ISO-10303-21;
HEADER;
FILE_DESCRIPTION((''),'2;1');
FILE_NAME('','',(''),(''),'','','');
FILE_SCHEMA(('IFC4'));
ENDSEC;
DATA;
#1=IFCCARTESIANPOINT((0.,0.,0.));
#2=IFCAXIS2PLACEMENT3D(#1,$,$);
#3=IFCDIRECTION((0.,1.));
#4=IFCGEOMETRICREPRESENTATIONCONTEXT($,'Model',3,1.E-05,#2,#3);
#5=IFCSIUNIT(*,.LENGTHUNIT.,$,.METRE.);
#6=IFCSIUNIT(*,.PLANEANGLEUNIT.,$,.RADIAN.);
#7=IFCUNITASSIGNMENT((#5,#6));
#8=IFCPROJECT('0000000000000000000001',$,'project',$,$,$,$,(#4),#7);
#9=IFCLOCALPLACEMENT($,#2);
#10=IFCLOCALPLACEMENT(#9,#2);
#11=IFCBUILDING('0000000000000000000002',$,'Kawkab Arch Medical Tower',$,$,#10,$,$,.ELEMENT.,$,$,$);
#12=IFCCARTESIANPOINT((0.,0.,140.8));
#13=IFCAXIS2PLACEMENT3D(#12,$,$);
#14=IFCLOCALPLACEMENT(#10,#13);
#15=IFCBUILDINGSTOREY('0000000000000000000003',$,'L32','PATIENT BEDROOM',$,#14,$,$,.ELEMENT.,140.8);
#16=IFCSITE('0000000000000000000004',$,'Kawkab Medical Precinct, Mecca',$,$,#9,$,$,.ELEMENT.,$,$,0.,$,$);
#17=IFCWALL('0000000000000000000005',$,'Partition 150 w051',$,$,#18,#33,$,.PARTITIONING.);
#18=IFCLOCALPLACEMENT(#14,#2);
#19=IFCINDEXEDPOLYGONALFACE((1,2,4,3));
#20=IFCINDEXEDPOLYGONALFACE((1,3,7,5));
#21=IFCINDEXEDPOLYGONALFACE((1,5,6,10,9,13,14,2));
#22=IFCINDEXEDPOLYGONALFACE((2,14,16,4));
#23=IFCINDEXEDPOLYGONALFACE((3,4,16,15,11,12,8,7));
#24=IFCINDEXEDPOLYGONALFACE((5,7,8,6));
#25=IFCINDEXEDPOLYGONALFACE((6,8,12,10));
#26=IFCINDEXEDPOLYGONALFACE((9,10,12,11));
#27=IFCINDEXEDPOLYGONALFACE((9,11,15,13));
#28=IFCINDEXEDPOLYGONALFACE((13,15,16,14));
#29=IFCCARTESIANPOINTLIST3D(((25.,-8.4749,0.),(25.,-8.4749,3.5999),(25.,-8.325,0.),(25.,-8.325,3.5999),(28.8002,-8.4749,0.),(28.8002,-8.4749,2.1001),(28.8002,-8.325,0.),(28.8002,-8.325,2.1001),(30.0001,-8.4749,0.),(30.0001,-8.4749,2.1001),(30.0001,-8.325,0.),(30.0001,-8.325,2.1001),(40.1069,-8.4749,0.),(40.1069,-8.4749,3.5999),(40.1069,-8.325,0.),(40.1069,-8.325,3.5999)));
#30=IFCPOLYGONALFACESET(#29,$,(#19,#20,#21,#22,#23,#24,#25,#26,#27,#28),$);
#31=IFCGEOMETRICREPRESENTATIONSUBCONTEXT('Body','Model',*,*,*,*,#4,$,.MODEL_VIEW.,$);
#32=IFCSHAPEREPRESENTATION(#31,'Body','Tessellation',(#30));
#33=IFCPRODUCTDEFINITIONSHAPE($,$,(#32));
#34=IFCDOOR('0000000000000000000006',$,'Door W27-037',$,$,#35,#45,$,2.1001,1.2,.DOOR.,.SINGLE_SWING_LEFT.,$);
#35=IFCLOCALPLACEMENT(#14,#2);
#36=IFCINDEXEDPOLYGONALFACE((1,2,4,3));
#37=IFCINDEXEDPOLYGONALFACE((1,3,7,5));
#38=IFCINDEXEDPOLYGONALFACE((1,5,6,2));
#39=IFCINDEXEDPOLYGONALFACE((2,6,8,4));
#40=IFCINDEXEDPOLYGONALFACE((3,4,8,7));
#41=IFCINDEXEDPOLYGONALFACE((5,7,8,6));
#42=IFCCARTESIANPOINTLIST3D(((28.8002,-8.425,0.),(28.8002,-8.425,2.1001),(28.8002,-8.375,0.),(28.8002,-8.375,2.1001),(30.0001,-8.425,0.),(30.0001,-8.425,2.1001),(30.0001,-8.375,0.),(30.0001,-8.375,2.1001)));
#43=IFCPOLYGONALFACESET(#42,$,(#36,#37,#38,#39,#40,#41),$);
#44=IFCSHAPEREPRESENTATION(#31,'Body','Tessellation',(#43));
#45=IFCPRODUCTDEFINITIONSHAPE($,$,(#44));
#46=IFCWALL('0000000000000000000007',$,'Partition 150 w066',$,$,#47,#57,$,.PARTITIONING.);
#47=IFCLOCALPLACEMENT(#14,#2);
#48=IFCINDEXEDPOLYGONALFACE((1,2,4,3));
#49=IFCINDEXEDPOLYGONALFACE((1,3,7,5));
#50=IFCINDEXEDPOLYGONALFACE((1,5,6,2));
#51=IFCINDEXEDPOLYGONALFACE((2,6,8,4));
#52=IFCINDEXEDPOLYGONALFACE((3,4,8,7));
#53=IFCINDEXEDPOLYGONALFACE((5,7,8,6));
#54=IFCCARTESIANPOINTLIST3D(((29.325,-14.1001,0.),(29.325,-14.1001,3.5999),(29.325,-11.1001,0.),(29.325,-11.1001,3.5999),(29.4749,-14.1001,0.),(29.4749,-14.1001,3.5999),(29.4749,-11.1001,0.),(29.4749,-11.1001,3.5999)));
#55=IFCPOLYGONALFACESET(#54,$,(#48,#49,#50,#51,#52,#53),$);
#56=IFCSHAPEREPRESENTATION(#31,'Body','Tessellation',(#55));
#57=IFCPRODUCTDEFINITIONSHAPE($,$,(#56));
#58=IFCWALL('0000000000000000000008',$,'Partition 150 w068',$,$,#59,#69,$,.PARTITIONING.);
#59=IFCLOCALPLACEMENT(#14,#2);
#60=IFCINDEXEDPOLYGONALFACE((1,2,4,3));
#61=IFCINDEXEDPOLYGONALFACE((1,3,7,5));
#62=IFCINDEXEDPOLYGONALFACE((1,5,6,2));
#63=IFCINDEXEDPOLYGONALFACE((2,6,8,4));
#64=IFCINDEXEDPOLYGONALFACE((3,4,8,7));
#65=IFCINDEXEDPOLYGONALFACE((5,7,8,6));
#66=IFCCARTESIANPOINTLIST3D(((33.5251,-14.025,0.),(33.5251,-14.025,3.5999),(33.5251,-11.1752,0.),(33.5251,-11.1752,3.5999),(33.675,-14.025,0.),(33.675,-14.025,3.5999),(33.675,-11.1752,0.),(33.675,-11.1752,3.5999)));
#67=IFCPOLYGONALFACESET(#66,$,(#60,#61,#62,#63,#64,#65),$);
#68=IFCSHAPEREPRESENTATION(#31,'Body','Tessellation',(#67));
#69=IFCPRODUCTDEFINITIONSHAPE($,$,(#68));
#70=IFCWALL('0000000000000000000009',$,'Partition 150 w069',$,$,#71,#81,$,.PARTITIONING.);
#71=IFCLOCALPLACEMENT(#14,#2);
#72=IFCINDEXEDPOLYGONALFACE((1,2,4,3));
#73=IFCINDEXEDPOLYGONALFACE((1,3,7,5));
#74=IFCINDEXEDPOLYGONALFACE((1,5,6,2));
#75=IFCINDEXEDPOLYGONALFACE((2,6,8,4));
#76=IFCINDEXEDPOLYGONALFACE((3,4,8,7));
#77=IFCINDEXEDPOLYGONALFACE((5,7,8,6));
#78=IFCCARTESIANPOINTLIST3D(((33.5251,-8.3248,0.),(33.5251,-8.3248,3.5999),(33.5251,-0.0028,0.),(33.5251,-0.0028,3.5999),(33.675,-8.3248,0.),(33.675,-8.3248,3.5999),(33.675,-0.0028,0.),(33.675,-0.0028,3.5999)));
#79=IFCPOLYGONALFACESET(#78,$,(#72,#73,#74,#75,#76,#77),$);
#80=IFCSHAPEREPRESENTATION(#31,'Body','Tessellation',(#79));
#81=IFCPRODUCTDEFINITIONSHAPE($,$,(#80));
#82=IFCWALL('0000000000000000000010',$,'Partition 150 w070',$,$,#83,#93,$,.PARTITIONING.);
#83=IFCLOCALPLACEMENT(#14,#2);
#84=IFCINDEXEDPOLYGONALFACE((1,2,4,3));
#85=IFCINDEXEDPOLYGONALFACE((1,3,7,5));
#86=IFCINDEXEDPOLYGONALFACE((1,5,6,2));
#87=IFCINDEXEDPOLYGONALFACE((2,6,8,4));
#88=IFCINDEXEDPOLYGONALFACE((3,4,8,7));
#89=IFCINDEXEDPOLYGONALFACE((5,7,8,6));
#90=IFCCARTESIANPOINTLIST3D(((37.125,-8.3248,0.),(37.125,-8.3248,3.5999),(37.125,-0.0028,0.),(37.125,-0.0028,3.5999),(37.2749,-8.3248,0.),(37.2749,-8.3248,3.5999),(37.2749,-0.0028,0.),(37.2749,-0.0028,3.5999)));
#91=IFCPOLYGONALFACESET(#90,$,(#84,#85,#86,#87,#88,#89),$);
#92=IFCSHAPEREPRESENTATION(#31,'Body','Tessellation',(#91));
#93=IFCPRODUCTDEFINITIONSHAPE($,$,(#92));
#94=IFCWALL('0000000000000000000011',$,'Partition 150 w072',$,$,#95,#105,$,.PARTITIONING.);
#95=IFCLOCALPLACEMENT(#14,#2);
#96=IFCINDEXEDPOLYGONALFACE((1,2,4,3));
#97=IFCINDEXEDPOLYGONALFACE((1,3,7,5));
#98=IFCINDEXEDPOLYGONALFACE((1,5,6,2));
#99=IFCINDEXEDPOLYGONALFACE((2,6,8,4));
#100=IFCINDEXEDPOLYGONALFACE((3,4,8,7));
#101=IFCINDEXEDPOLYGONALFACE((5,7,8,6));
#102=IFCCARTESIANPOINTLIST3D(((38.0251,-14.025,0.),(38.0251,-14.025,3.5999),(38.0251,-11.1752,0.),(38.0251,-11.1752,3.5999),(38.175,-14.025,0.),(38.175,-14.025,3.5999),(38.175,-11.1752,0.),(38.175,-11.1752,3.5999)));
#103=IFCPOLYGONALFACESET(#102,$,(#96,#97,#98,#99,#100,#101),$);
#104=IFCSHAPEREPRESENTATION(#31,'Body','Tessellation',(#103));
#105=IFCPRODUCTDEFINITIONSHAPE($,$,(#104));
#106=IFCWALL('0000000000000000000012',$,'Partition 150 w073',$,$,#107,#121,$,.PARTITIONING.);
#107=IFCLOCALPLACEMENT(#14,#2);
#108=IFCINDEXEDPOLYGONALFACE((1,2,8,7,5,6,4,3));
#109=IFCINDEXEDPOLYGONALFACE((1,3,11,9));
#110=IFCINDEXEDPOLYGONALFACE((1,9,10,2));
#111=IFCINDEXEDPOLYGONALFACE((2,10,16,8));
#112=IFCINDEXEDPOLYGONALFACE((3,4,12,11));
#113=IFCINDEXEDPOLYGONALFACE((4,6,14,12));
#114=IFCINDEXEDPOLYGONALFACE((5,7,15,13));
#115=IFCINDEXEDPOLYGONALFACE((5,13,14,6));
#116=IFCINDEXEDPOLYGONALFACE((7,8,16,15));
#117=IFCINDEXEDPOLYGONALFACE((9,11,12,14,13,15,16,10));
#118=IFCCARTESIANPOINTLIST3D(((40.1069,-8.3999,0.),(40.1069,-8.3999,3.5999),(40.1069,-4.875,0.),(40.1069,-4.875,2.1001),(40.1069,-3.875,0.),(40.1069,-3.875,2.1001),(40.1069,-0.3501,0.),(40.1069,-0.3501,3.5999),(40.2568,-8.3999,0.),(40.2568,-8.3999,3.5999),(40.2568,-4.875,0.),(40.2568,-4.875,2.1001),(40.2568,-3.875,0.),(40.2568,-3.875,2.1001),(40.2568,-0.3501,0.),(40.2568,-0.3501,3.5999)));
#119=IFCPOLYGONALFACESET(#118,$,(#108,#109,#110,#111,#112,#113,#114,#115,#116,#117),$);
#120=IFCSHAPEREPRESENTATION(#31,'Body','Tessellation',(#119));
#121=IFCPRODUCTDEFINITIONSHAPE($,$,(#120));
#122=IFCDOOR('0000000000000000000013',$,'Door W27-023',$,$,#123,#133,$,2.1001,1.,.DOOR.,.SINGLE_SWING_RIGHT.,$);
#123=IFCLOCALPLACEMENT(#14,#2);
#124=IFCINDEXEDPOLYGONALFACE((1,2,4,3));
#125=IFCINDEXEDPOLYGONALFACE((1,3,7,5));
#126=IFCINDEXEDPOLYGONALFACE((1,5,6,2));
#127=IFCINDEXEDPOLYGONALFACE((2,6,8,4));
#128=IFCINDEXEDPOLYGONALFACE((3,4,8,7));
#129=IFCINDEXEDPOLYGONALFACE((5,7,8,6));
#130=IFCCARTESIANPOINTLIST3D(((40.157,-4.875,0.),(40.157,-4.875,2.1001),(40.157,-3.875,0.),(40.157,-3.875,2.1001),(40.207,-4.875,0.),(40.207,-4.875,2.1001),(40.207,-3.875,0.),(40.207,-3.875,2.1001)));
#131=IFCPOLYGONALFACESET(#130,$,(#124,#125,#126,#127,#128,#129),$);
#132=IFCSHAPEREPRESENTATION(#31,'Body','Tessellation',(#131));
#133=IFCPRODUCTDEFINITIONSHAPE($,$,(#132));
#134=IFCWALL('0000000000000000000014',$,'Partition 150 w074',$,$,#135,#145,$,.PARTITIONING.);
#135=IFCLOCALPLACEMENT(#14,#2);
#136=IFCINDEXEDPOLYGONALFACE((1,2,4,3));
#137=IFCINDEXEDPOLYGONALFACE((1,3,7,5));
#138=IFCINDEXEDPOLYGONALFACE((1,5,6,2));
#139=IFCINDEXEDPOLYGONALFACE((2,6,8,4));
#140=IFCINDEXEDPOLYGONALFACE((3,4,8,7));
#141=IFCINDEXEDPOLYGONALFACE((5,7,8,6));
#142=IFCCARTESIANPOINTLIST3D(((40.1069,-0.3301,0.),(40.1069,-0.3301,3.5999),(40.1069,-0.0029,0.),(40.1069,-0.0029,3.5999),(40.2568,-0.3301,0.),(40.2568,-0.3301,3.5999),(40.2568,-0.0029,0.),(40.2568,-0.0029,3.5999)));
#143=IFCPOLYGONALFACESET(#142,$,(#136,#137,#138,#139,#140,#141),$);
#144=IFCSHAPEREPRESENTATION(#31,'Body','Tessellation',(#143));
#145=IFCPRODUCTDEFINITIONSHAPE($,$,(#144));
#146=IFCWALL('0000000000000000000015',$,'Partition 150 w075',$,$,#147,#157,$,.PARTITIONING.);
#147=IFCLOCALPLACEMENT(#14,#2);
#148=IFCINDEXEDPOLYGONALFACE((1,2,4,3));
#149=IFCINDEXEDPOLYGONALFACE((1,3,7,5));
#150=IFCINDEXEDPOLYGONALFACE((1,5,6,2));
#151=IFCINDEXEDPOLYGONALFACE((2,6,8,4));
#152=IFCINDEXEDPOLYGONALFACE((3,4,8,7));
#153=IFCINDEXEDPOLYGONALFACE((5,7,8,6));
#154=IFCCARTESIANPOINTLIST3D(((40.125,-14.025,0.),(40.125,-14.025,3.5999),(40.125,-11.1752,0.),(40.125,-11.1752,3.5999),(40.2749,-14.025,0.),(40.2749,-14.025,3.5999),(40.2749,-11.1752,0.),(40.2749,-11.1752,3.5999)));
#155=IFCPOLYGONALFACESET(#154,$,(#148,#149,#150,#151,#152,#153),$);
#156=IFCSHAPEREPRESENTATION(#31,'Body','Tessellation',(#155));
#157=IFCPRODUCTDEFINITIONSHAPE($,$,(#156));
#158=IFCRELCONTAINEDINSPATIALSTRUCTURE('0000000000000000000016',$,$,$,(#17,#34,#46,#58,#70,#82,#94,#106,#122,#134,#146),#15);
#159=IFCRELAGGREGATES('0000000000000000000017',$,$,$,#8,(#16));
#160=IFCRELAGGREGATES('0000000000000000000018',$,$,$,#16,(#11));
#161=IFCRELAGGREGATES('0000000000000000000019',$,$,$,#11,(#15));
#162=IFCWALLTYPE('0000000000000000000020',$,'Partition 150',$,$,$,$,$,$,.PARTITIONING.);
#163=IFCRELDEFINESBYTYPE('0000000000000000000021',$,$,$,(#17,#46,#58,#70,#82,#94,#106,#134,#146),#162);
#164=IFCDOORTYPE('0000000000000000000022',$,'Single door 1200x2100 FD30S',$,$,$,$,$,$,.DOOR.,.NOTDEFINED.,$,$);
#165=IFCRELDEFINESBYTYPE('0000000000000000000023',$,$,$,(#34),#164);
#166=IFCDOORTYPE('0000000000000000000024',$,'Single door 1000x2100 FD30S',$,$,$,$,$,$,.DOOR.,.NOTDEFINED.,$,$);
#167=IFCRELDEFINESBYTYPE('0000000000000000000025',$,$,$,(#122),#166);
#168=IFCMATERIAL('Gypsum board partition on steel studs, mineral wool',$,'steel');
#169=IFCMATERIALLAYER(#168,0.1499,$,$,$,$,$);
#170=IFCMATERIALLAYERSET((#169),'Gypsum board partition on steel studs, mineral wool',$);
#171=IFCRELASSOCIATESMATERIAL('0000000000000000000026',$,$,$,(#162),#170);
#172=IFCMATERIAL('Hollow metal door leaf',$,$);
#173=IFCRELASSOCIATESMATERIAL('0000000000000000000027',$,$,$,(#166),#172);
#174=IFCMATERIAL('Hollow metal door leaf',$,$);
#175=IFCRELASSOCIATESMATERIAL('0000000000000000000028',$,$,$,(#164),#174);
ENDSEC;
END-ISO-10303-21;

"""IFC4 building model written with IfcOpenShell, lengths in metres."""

from ifc_helpers import new_model, si_unit, direction, frame, frame_2d, origin, place, context, subcontext, project, spatial, rectangle, extrude, material, layer, layer_set, type_object, element, fill, save


model = new_model("IFC4")

# Units and contexts
model_context = context("Model", 3, precision=1e-05, world=origin(), true_north=direction((0.0, 1.0)))
body_context = subcontext(model_context, "Body", "Model", "MODEL_VIEW")
ifc_project = project(units=[si_unit("LENGTHUNIT", "METRE"), si_unit("PLANEANGLEUNIT", "RADIAN")], contexts=[model_context])

# Site, building, storey
site_placement = place(None, origin())
site = spatial("IfcSite", under=ifc_project, at=site_placement, Name="Kawkab Medical Precinct, Mecca", CompositionType="ELEMENT", RefElevation=0.0)
building_placement = place(site_placement, origin())
building = spatial("IfcBuilding", under=site, at=building_placement, Name="Kawkab Arch Medical Tower", CompositionType="ELEMENT")
storey_placement = place(building_placement, frame((0.0, 0.0, 140.8)))
storey = spatial("IfcBuildingStorey", under=building, at=storey_placement, Name="L32", Description="PATIENT BEDROOM", CompositionType="ELEMENT", Elevation=140.8)

# Shared definitions
ifc_material_1 = material(Name="Gypsum board partition on steel studs, mineral wool", Category="steel")
ifc_layer_1 = layer(ifc_material_1, 0.1499)
ifc_layer_set_1 = layer_set([ifc_layer_1], Name="Gypsum board partition on steel studs, mineral wool")
wall_type_1 = type_object("IfcWallType", Name="Partition 150", PredefinedType="PARTITIONING", material=ifc_layer_set_1)

# Shared definitions
ifc_material_2 = material(Name="Hollow metal door leaf")
door_type_1 = type_object("IfcDoorType", Name="Single door 1000x2100 FD30S", OperationType="NOTDEFINED", PredefinedType="DOOR", material=ifc_material_2)

# Wall, opening, door
wall_1_placement = place(storey_placement, frame((25.0, -8.3999, 0.0), z_axis=(0.0, 0.0, 1.0), x_axis=(1.0, 0.0, 0.0)))
wall_1 = element("IfcWall", 1, at=wall_1_placement, inside=storey, type_object=wall_type_1, Name="Partition 150 w051", PredefinedType="PARTITIONING", context=body_context, shape_type="SweptSolid", body=[
    extrude(rectangle(XDim=15.1069, YDim=0.1499, at=frame_2d((7.5535, 0.0))), origin(), (0.0, 0.0, 1.0), 3.5999),
])
opening_1_placement = place(wall_1_placement, frame((3.8, 0.0, 0.0)))
opening_1 = element("IfcOpeningElement", 2, at=opening_1_placement, cuts=wall_1, PredefinedType="OPENING", context=body_context, shape_type="SweptSolid", body=[
    extrude(rectangle(XDim=1.2, YDim=2.1001, at=frame_2d((0.6001, 1.05))), frame((0.0, 0.085, 0.0), z_axis=(0.0, -1.0, 0.0), x_axis=(1.0, 0.0, 0.0)), (0.0, 0.0, 1.0), 0.1699),
])
ifc_material_3 = material(Name="Hollow metal door leaf")
door_type_2 = type_object("IfcDoorType", Name="Single door 1200x2100 FD30S", OperationType="NOTDEFINED", PredefinedType="DOOR", material=ifc_material_3)
door_1_placement = place(opening_1_placement, origin())
door_1 = element("IfcDoor", 3, at=door_1_placement, inside=storey, type_object=door_type_2, Name="Door W27-037", OperationType="SINGLE_SWING_LEFT", OverallHeight=2.1001, OverallWidth=1.2, PredefinedType="DOOR", context=body_context, shape_type="SweptSolid", body=[
    extrude(rectangle(XDim=1.2, YDim=2.1001, at=frame_2d((0.6001, 1.05))), frame((0.0, 0.0249, 0.0), z_axis=(0.0, -1.0, 0.0), x_axis=(1.0, 0.0, 0.0)), (0.0, 0.0, 1.0), 0.05),
])
fill(opening_1, door_1)

# Walls
wall_2_placement = place(storey_placement, frame((29.3999, -14.1001, 0.0), z_axis=(0.0, 0.0, 1.0), x_axis=(0.0, 1.0, 0.0)))
element("IfcWall", 4, at=wall_2_placement, inside=storey, type_object=wall_type_1, Name="Partition 150 w066", PredefinedType="PARTITIONING", context=body_context, shape_type="SweptSolid", body=[
    extrude(rectangle(XDim=3.0, YDim=0.1499, at=frame_2d((1.5, 0.0))), origin(), (0.0, 0.0, 1.0), 3.5999),
])
wall_3_placement = place(storey_placement, frame((33.6001, -14.0249, 0.0), z_axis=(0.0, 0.0, 1.0), x_axis=(0.0, 1.0, 0.0)))
element("IfcWall", 5, at=wall_3_placement, inside=storey, type_object=wall_type_1, Name="Partition 150 w068", PredefinedType="PARTITIONING", context=body_context, shape_type="SweptSolid", body=[
    extrude(rectangle(XDim=2.8499, YDim=0.1499, at=frame_2d((1.4248, 0.0))), origin(), (0.0, 0.0, 1.0), 3.5999),
])
for number, where, z_axis, x_axis, name in (
    (6, (33.6001, -8.325, 0.0), (0.0, 0.0, 1.0), (0.0, 1.0, 0.0), "Partition 150 w069"),
    (7, (37.2, -8.325, 0.0), (0.0, 0.0, 1.0), (0.0, 1.0, 0.0), "Partition 150 w070"),
):
    element("IfcWall", number, at=place(storey_placement, frame(where, z_axis=z_axis, x_axis=x_axis)), inside=storey, type_object=wall_type_1, Name=name, PredefinedType="PARTITIONING", context=body_context, shape_type="SweptSolid", body=[
        extrude(rectangle(XDim=8.322, YDim=0.1499, at=frame_2d((4.1611, 0.0))), origin(), (0.0, 0.0, 1.0), 3.5999),
    ])
wall_4_placement = place(storey_placement, frame((38.1001, -14.0249, 0.0), z_axis=(0.0, 0.0, 1.0), x_axis=(0.0, 1.0, 0.0)))
element("IfcWall", 8, at=wall_4_placement, inside=storey, type_object=wall_type_1, Name="Partition 150 w072", PredefinedType="PARTITIONING", context=body_context, shape_type="SweptSolid", body=[
    extrude(rectangle(XDim=2.8499, YDim=0.1499, at=frame_2d((1.4248, 0.0))), origin(), (0.0, 0.0, 1.0), 3.5999),
])

# Wall, opening, door
wall_5_placement = place(storey_placement, frame((40.1819, -8.3999, 0.0), z_axis=(0.0, 0.0, 1.0), x_axis=(0.0, 1.0, 0.0)))
wall_5 = element("IfcWall", 9, at=wall_5_placement, inside=storey, type_object=wall_type_1, Name="Partition 150 w073", PredefinedType="PARTITIONING", context=body_context, shape_type="SweptSolid", body=[
    extrude(rectangle(XDim=8.0498, YDim=0.1499, at=frame_2d((4.0249, 0.0))), origin(), (0.0, 0.0, 1.0), 3.5999),
])
opening_2_placement = place(wall_5_placement, frame((3.5249, 0.0, 0.0)))
opening_2 = element("IfcOpeningElement", 10, at=opening_2_placement, cuts=wall_5, PredefinedType="OPENING", context=body_context, shape_type="SweptSolid", body=[
    extrude(rectangle(XDim=1.0, YDim=2.1001, at=frame_2d((0.5, 1.05))), frame((0.0, 0.085, 0.0), z_axis=(0.0, -1.0, 0.0), x_axis=(1.0, 0.0, 0.0)), (0.0, 0.0, 1.0), 0.1699),
])
door_2_placement = place(opening_2_placement, origin())
door_2 = element("IfcDoor", 11, at=door_2_placement, inside=storey, type_object=door_type_1, Name="Door W27-023", OperationType="SINGLE_SWING_RIGHT", OverallHeight=2.1001, OverallWidth=1.0, PredefinedType="DOOR", context=body_context, shape_type="SweptSolid", body=[
    extrude(rectangle(XDim=1.0, YDim=2.1001, at=frame_2d((0.5, 1.05))), frame((0.0, 0.0249, 0.0), z_axis=(0.0, -1.0, 0.0), x_axis=(1.0, 0.0, 0.0)), (0.0, 0.0, 1.0), 0.05),
])
fill(opening_2, door_2)

# Walls
wall_6_placement = place(storey_placement, frame((40.1819, -0.3301, 0.0), z_axis=(0.0, 0.0, 1.0), x_axis=(0.0, 1.0, 0.0)))
element("IfcWall", 12, at=wall_6_placement, inside=storey, type_object=wall_type_1, Name="Partition 150 w074", PredefinedType="PARTITIONING", context=body_context, shape_type="SweptSolid", body=[
    extrude(rectangle(XDim=0.3271, YDim=0.1499, at=frame_2d((0.1636, 0.0))), origin(), (0.0, 0.0, 1.0), 3.5999),
])
wall_7_placement = place(storey_placement, frame((40.2, -14.0249, 0.0), z_axis=(0.0, 0.0, 1.0), x_axis=(0.0, 1.0, 0.0)))
element("IfcWall", 13, at=wall_7_placement, inside=storey, type_object=wall_type_1, Name="Partition 150 w075", PredefinedType="PARTITIONING", context=body_context, shape_type="SweptSolid", body=[
    extrude(rectangle(XDim=2.8499, YDim=0.1499, at=frame_2d((1.4248, 0.0))), origin(), (0.0, 0.0, 1.0), 3.5999),
])

save(model, "model.ifc")
